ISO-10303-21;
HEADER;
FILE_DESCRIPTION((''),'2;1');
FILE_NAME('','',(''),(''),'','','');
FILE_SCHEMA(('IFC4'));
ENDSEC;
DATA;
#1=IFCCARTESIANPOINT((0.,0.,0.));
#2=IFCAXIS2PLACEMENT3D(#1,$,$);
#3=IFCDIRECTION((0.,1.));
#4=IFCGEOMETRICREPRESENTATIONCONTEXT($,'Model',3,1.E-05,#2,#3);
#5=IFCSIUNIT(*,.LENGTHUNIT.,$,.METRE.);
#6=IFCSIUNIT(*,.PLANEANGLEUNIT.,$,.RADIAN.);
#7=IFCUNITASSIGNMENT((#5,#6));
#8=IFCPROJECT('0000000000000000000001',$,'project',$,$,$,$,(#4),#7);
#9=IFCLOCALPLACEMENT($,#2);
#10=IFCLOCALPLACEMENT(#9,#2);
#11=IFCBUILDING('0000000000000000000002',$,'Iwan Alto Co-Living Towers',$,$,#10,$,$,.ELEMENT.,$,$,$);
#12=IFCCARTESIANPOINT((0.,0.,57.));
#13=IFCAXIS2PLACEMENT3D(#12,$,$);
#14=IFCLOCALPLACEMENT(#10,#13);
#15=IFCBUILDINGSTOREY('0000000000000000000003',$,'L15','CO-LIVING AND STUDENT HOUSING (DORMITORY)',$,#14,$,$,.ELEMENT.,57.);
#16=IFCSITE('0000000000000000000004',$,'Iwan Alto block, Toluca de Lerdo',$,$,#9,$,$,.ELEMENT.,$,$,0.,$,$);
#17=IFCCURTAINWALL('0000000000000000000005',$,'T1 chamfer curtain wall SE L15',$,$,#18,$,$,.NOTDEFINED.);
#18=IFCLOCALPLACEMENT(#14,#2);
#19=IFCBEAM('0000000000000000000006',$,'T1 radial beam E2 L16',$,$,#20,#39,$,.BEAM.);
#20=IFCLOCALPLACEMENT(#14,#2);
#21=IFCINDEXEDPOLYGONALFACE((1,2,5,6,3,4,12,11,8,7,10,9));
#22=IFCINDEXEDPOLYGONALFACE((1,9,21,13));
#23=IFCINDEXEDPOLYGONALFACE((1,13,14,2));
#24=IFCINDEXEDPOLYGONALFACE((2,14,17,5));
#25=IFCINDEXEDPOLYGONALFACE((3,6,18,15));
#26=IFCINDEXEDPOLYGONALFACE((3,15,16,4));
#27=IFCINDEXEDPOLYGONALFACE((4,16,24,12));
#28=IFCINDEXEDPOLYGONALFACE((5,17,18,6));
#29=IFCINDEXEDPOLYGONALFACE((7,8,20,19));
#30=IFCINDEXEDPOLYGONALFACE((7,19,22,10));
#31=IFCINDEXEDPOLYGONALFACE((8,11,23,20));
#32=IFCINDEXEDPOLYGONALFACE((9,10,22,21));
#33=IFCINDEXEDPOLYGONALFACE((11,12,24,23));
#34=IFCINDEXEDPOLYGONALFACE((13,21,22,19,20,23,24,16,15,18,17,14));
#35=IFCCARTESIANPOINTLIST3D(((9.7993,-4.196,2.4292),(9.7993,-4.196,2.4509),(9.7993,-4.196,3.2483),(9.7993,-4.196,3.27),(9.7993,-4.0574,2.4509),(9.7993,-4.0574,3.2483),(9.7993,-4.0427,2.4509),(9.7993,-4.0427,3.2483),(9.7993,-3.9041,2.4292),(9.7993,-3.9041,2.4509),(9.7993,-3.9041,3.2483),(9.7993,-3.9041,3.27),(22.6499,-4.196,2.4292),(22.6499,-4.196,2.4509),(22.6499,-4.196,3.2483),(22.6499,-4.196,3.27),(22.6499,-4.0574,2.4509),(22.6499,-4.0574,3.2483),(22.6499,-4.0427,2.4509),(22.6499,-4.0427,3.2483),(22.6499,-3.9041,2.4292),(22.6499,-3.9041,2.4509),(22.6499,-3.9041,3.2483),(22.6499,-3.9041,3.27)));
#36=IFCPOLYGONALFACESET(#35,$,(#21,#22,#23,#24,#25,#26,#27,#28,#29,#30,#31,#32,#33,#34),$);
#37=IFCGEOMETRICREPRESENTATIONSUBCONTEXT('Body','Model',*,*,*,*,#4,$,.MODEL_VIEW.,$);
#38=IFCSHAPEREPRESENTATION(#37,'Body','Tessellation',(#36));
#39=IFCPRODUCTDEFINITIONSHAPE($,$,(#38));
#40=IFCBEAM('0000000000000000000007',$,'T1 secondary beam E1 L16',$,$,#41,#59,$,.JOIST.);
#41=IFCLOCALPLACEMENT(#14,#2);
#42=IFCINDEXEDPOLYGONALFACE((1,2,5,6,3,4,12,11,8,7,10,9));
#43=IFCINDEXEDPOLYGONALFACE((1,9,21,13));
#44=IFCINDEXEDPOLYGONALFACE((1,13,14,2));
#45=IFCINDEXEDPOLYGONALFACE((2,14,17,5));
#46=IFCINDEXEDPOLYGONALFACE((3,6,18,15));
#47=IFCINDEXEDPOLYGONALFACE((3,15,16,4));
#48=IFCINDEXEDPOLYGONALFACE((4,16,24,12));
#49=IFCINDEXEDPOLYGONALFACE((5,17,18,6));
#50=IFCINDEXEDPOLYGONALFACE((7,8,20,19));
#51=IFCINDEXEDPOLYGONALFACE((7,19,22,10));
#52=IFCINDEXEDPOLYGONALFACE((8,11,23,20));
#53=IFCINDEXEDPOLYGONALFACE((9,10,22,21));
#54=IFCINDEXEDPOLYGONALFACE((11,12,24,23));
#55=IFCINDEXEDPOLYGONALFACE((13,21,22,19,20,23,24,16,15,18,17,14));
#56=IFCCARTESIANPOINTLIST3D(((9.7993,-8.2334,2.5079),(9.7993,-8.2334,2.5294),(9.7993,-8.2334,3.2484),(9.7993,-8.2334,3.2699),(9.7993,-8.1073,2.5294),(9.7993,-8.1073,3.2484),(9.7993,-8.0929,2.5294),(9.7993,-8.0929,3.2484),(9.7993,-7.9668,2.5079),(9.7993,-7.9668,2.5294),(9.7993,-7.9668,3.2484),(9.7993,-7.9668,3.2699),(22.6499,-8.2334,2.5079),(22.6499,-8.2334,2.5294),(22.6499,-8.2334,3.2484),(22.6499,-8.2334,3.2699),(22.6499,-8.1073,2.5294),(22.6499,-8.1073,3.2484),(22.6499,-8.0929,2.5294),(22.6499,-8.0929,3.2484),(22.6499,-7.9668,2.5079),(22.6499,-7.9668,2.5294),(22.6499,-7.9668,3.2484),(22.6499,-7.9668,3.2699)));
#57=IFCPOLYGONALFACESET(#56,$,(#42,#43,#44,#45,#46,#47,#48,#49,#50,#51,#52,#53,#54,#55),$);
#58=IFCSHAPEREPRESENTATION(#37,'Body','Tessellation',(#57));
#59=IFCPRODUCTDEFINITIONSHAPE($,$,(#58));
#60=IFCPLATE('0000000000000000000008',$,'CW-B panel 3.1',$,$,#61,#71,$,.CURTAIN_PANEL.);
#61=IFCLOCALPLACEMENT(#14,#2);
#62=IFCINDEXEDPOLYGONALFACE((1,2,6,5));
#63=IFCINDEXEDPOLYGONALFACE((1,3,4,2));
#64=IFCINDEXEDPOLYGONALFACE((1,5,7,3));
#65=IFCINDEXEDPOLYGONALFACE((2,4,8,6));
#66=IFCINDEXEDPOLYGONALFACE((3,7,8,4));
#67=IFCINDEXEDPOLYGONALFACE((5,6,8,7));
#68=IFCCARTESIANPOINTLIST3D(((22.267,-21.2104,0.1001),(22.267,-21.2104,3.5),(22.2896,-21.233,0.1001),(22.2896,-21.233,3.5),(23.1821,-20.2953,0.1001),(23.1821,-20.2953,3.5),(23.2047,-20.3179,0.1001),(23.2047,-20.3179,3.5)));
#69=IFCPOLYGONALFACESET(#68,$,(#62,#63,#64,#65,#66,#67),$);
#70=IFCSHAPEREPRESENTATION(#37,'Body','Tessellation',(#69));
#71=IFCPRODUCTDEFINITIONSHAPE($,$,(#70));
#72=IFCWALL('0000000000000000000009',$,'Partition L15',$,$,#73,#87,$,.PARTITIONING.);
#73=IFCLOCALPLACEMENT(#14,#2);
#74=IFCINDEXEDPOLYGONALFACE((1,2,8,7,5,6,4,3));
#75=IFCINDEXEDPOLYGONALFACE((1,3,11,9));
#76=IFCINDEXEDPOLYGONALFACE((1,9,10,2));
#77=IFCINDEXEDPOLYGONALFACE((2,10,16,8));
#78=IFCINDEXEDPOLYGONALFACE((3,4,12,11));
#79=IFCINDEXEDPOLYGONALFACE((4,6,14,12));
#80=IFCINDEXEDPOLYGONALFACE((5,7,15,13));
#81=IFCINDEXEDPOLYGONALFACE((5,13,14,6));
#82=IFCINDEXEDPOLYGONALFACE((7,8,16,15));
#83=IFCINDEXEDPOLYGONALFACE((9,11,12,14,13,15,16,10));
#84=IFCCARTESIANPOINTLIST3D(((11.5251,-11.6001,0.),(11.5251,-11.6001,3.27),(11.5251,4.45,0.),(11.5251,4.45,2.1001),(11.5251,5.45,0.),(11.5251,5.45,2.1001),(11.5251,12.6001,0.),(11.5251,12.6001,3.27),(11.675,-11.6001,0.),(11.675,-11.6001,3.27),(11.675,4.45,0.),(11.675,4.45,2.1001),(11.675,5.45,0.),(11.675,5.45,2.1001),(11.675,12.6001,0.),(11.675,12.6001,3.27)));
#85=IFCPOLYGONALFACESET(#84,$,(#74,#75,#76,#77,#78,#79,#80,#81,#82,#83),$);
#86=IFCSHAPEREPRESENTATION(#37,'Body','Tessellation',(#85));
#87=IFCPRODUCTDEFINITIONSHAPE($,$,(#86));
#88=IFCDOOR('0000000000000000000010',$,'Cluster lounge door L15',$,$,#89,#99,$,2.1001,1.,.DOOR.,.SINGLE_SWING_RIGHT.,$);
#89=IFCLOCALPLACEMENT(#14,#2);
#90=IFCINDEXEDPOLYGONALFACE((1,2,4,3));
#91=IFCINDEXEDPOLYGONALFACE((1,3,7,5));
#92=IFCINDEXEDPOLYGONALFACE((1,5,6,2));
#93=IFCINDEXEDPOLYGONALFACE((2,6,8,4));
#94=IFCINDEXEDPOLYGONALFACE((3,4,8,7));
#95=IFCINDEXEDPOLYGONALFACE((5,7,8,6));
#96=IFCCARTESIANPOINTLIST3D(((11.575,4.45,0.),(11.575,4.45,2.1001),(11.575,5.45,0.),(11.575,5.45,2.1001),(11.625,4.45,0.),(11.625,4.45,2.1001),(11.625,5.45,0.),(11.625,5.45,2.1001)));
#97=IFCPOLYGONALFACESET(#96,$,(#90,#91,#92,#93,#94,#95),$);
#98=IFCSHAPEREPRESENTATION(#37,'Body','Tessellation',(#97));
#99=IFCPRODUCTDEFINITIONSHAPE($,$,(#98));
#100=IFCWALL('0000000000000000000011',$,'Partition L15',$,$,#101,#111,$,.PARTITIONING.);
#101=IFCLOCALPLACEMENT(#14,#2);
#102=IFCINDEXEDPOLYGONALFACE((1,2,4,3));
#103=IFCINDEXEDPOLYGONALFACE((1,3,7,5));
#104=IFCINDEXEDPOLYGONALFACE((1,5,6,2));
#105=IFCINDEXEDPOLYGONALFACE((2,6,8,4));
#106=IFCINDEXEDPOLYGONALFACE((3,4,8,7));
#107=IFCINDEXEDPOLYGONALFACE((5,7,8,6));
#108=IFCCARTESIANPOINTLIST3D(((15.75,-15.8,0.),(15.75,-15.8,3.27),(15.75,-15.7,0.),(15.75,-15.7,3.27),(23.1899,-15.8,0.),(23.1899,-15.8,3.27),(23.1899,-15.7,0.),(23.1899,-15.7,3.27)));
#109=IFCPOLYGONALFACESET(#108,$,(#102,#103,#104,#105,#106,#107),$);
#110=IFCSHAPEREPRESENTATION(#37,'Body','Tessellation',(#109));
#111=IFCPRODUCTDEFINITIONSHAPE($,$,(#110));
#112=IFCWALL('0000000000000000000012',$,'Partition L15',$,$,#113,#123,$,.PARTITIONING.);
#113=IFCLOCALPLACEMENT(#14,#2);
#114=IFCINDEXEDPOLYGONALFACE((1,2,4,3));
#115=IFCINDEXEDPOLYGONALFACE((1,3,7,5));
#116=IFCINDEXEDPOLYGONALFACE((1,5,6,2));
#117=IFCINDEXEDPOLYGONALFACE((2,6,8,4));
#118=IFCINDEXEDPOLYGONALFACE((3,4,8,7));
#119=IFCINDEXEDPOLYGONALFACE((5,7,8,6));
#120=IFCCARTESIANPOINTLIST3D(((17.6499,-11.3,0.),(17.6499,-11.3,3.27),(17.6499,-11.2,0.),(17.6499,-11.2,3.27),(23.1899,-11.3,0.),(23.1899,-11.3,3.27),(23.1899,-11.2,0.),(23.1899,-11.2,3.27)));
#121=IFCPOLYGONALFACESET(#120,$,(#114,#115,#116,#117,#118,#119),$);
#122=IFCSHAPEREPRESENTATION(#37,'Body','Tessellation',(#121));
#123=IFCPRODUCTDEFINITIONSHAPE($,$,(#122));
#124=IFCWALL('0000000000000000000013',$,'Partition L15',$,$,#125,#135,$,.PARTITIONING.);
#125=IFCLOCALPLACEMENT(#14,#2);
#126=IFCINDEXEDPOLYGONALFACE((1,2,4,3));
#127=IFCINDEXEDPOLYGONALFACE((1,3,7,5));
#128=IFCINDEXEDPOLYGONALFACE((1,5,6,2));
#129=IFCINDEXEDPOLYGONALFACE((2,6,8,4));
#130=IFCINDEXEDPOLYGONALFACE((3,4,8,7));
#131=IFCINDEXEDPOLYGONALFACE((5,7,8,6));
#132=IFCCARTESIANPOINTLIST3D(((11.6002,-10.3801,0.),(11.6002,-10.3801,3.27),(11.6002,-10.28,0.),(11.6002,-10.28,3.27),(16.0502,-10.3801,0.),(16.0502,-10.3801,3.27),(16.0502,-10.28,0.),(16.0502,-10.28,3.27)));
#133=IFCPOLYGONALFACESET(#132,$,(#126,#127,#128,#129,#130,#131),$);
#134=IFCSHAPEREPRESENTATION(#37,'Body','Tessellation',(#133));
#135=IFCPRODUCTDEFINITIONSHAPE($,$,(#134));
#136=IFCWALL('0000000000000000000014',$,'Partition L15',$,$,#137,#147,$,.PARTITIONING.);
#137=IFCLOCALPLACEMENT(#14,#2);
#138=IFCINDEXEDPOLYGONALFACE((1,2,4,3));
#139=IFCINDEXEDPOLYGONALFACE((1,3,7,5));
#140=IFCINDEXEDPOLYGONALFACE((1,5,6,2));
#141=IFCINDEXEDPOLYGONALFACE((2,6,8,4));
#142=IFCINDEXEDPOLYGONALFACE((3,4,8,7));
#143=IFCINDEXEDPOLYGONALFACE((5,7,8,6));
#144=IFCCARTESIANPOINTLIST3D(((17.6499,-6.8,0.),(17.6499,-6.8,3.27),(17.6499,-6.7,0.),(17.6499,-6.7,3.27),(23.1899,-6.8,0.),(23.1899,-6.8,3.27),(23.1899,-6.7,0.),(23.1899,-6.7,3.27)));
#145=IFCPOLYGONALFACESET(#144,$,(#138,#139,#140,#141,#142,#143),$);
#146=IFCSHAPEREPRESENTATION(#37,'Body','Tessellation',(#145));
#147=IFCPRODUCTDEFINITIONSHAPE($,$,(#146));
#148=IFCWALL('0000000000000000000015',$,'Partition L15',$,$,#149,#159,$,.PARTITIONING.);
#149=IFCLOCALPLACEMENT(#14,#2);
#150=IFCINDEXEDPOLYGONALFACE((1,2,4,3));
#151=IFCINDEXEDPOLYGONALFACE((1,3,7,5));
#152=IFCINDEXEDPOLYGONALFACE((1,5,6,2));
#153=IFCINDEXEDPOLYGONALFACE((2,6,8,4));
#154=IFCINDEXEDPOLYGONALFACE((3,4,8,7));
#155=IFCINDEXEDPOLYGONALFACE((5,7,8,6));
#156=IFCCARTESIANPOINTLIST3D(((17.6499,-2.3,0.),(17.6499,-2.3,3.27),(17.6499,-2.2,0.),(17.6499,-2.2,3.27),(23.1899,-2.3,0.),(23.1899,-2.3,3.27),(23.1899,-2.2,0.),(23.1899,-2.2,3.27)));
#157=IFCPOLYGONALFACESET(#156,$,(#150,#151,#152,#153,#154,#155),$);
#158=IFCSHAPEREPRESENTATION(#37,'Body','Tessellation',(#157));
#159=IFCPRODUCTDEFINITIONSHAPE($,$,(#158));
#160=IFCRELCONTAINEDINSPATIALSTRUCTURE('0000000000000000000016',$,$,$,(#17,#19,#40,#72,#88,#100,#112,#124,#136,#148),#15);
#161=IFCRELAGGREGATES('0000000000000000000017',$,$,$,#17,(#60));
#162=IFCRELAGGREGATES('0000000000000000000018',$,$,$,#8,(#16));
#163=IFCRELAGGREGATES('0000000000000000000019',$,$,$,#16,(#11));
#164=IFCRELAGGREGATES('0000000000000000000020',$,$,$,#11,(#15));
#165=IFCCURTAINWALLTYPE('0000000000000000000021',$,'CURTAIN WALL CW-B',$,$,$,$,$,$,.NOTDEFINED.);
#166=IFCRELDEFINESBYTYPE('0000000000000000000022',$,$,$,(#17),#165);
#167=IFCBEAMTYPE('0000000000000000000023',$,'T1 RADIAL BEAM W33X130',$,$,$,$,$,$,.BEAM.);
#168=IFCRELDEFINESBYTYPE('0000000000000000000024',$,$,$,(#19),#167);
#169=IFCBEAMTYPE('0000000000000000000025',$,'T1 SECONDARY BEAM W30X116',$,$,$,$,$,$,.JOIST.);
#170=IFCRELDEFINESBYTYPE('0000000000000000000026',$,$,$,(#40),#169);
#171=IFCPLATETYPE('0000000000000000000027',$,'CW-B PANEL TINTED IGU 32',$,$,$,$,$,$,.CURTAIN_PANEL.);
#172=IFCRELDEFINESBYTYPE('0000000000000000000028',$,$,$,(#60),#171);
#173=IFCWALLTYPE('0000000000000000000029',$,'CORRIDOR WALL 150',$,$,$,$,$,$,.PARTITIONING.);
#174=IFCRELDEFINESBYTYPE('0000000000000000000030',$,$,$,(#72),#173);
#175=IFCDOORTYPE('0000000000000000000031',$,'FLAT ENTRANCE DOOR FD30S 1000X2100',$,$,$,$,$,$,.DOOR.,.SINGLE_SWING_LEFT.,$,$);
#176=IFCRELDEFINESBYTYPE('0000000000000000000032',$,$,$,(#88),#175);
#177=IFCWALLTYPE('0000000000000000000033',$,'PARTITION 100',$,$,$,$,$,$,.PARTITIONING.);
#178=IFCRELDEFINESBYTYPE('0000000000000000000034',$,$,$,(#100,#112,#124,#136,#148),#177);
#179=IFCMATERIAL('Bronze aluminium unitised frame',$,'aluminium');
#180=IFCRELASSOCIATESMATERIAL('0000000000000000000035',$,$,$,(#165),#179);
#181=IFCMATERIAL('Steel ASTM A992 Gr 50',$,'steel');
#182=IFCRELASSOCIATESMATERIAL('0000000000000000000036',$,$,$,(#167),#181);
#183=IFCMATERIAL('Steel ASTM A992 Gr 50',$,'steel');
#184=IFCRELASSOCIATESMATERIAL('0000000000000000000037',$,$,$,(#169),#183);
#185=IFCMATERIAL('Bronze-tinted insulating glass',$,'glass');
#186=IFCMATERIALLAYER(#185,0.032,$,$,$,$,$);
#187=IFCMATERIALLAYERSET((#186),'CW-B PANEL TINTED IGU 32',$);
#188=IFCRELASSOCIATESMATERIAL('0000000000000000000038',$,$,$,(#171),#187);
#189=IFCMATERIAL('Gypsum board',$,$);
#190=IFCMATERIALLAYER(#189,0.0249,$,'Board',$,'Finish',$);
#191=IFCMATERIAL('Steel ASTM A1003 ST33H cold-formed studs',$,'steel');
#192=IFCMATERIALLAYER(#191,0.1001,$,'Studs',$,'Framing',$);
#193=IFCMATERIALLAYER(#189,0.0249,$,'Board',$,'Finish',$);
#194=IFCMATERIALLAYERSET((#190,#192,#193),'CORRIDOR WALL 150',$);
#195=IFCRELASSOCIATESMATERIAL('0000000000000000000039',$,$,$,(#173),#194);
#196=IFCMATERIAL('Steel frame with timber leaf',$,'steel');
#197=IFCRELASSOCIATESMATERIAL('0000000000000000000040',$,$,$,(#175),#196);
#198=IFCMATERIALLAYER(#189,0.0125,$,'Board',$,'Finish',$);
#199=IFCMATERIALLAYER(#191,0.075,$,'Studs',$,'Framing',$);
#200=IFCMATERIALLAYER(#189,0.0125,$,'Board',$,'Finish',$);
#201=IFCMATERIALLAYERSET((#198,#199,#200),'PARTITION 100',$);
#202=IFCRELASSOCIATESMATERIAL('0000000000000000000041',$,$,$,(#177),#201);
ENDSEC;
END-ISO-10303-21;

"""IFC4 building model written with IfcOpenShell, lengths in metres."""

from ifc_helpers import new_model, si_unit, direction, frame, frame_2d, origin, origin_2d, place, context, subcontext, project, spatial, rectangle, i_section, extrude, material, layer, layer_set, material_profile, profile_set, type_object, element, fill, aggregate, save


model = new_model("IFC4")

# Units and contexts
model_context = context("Model", 3, precision=1e-05, world=origin(), true_north=direction((0.0, 1.0)))
body_context = subcontext(model_context, "Body", "Model", "MODEL_VIEW")
ifc_project = project(units=[si_unit("LENGTHUNIT", "METRE"), si_unit("PLANEANGLEUNIT", "RADIAN")], contexts=[model_context])

# Site, building, storey
site_placement = place(None, origin())
site = spatial("IfcSite", under=ifc_project, at=site_placement, Name="Iwan Alto block, Toluca de Lerdo", CompositionType="ELEMENT", RefElevation=0.0)
building_placement = place(site_placement, origin())
building = spatial("IfcBuilding", under=site, at=building_placement, Name="Iwan Alto Co-Living Towers", CompositionType="ELEMENT")
storey_placement = place(building_placement, frame((0.0, 0.0, 57.0)))
storey = spatial("IfcBuildingStorey", under=building, at=storey_placement, Name="L15", Description="CO-LIVING AND STUDENT HOUSING (DORMITORY)", CompositionType="ELEMENT", Elevation=57.0)

# Curtain wall
ifc_material_1 = material(Name="Bronze aluminium unitised frame", Category="aluminium")
curtain_wall_type = type_object("IfcCurtainWallType", Name="CURTAIN WALL CW-B", PredefinedType="NOTDEFINED", material=ifc_material_1)
curtain_wall_placement = place(storey_placement, origin())
curtain_wall = element("IfcCurtainWall", 1, at=curtain_wall_placement, inside=storey, type_object=curtain_wall_type, Name="T1 chamfer curtain wall SE L15", PredefinedType="NOTDEFINED")

# Beams
ifc_material_2 = material(Name="Steel ASTM A992 Gr 50", Category="steel")
ifc_material_profile_1 = material_profile(ifc_material_2, i_section(OverallWidth=0.292, OverallDepth=0.8408, WebThickness=0.0146, FlangeThickness=0.0217, at=origin_2d()), Name="W33X130")
ifc_profile_set_1 = profile_set([ifc_material_profile_1], Name="Steel ASTM A992 Gr 50")
beam_type_1 = type_object("IfcBeamType", Name="T1 RADIAL BEAM W33X130", PredefinedType="BEAM", material=ifc_profile_set_1)
beam_1_placement = place(storey_placement, frame((22.6499, -4.05, 2.8496), z_axis=(-1.0, 0.0, 0.0), x_axis=(0.0, -1.0, 0.0)))
element("IfcBeam", 2, at=beam_1_placement, inside=storey, type_object=beam_type_1, Name="T1 radial beam E2 L16", PredefinedType="BEAM", context=body_context, shape_type="SweptSolid", body=[
    extrude(i_section(OverallWidth=0.292, OverallDepth=0.8408, WebThickness=0.0146, FlangeThickness=0.0217, at=origin_2d()), origin(), (0.0, 0.0, 1.0), 12.8506),
])
ifc_material_3 = material(Name="Steel ASTM A992 Gr 50", Category="steel")
ifc_material_profile_2 = material_profile(ifc_material_3, i_section(OverallWidth=0.2666, OverallDepth=0.762, WebThickness=0.0144, FlangeThickness=0.0215, at=origin_2d()), Name="W30X116")
ifc_profile_set_2 = profile_set([ifc_material_profile_2], Name="Steel ASTM A992 Gr 50")
beam_type_2 = type_object("IfcBeamType", Name="T1 SECONDARY BEAM W30X116", PredefinedType="JOIST", material=ifc_profile_set_2)
beam_2_placement = place(storey_placement, frame((22.6499, -8.1001, 2.8889), z_axis=(-1.0, 0.0, 0.0), x_axis=(0.0, -1.0, 0.0)))
element("IfcBeam", 3, at=beam_2_placement, inside=storey, type_object=beam_type_2, Name="T1 secondary beam E1 L16", PredefinedType="JOIST", context=body_context, shape_type="SweptSolid", body=[
    extrude(i_section(OverallWidth=0.2666, OverallDepth=0.762, WebThickness=0.0144, FlangeThickness=0.0215, at=origin_2d()), origin(), (0.0, 0.0, 1.0), 12.8506),
])

# Plate
ifc_material_4 = material(Name="Bronze-tinted insulating glass", Category="glass")
ifc_layer_1 = layer(ifc_material_4, 0.032)
ifc_layer_set_1 = layer_set([ifc_layer_1], Name="CW-B PANEL TINTED IGU 32")
plate_type = type_object("IfcPlateType", Name="CW-B PANEL TINTED IGU 32", PredefinedType="CURTAIN_PANEL", material=ifc_layer_set_1)
plate_placement = place(storey_placement, frame((22.7358, -20.7642, 0.1001), z_axis=(0.0, 0.0, 1.0), x_axis=(0.707107, 0.707107, 0.0)))
plate = element("IfcPlate", 4, at=plate_placement, type_object=plate_type, Name="CW-B panel 3.1", PredefinedType="CURTAIN_PANEL", context=body_context, shape_type="SweptSolid", body=[
    extrude(rectangle(XDim=1.2942, YDim=0.032, at=origin_2d()), origin(), (0.0, 0.0, 1.0), 3.3999),
])
aggregate(curtain_wall, [plate])

# Wall, opening, door
ifc_material_5 = material(Name="Gypsum board")
ifc_layer_2 = layer(ifc_material_5, 0.0249, Name="Board", Category="Finish")
ifc_material_6 = material(Name="Steel ASTM A1003 ST33H cold-formed studs", Category="steel")
ifc_layer_3 = layer(ifc_material_6, 0.1001, Name="Studs", Category="Framing")
ifc_layer_4 = layer(ifc_material_5, 0.0249, Name="Board", Category="Finish")
ifc_layer_set_2 = layer_set([ifc_layer_2, ifc_layer_3, ifc_layer_4], Name="CORRIDOR WALL 150")
wall_type_1 = type_object("IfcWallType", Name="CORRIDOR WALL 150", PredefinedType="PARTITIONING", material=ifc_layer_set_2)
wall_1_placement = place(storey_placement, frame((11.6001, -11.6001, 0.0), z_axis=(0.0, 0.0, 1.0), x_axis=(0.0, 1.0, 0.0)))
wall_1 = element("IfcWall", 5, at=wall_1_placement, inside=storey, type_object=wall_type_1, Name="Partition L15", PredefinedType="PARTITIONING", context=body_context, shape_type="SweptSolid", body=[
    extrude(rectangle(XDim=24.2002, YDim=0.1499, at=frame_2d((12.1001, 0.0))), origin(), (0.0, 0.0, 1.0), 3.27),
])
opening_1_placement = place(wall_1_placement, frame((16.05, 0.0, 0.0)))
opening_1 = element("IfcOpeningElement", 6, at=opening_1_placement, cuts=wall_1, PredefinedType="OPENING", context=body_context, shape_type="SweptSolid", body=[
    extrude(rectangle(XDim=1.0, YDim=2.1001, at=frame_2d((0.5, 1.05))), frame((0.0, 0.085, 0.0), z_axis=(0.0, -1.0, 0.0), x_axis=(1.0, 0.0, 0.0)), (0.0, 0.0, 1.0), 0.1699),
])
ifc_material_7 = material(Name="Steel frame with timber leaf", Category="steel")
door_type_1 = type_object("IfcDoorType", Name="FLAT ENTRANCE DOOR FD30S 1000X2100", OperationType="SINGLE_SWING_LEFT", PredefinedType="DOOR", material=ifc_material_7)
door_1_placement = place(opening_1_placement, frame((1.0, 0.0, 0.0), z_axis=(0.0, 0.0, 1.0), x_axis=(-1.0, 0.0, 0.0)))
door_1 = element("IfcDoor", 7, at=door_1_placement, inside=storey, type_object=door_type_1, Name="Cluster lounge door L15", OperationType="SINGLE_SWING_RIGHT", OverallHeight=2.1001, OverallWidth=1.0, PredefinedType="DOOR", context=body_context, shape_type="SweptSolid", body=[
    extrude(rectangle(XDim=1.0, YDim=2.1001, at=frame_2d((0.5, 1.05))), frame((0.0, 0.0249, 0.0), z_axis=(0.0, -1.0, 0.0), x_axis=(1.0, 0.0, 0.0)), (0.0, 0.0, 1.0), 0.05),
])
fill(opening_1, door_1)

# Walls
ifc_layer_5 = layer(ifc_material_5, 0.0125, Name="Board", Category="Finish")
ifc_layer_6 = layer(ifc_material_6, 0.075, Name="Studs", Category="Framing")
ifc_layer_7 = layer(ifc_material_5, 0.0125, Name="Board", Category="Finish")
ifc_layer_set_3 = layer_set([ifc_layer_5, ifc_layer_6, ifc_layer_7], Name="PARTITION 100")
wall_type_2 = type_object("IfcWallType", Name="PARTITION 100", PredefinedType="PARTITIONING", material=ifc_layer_set_3)
wall_2_placement = place(storey_placement, frame((15.75, -15.75, 0.0), z_axis=(0.0, 0.0, 1.0), x_axis=(1.0, 0.0, 0.0)))
element("IfcWall", 8, at=wall_2_placement, inside=storey, type_object=wall_type_2, Name="Partition L15", PredefinedType="PARTITIONING", context=body_context, shape_type="SweptSolid", body=[
    extrude(rectangle(XDim=7.4399, YDim=0.1001, at=frame_2d((3.72, 0.0))), origin(), (0.0, 0.0, 1.0), 3.27),
])
wall_3_placement = place(storey_placement, frame((17.6499, -11.25, 0.0), z_axis=(0.0, 0.0, 1.0), x_axis=(1.0, 0.0, 0.0)))
element("IfcWall", 9, at=wall_3_placement, inside=storey, type_object=wall_type_2, Name="Partition L15", PredefinedType="PARTITIONING", context=body_context, shape_type="SweptSolid", body=[
    extrude(rectangle(XDim=5.54, YDim=0.1001, at=frame_2d((2.77, 0.0))), origin(), (0.0, 0.0, 1.0), 3.27),
])
wall_4_placement = place(storey_placement, frame((11.6001, -10.3301, 0.0), z_axis=(0.0, 0.0, 1.0), x_axis=(1.0, 0.0, 0.0)))
element("IfcWall", 10, at=wall_4_placement, inside=storey, type_object=wall_type_2, Name="Partition L15", PredefinedType="PARTITIONING", context=body_context, shape_type="SweptSolid", body=[
    extrude(rectangle(XDim=4.45, YDim=0.1001, at=frame_2d((2.2251, 0.0))), origin(), (0.0, 0.0, 1.0), 3.27),
])
for number, where, z_axis, x_axis, name in (
    (11, (17.6499, -6.75, 0.0), (0.0, 0.0, 1.0), (1.0, 0.0, 0.0), "Partition L15"),
    (12, (17.6499, -2.25, 0.0), (0.0, 0.0, 1.0), (1.0, 0.0, 0.0), "Partition L15"),
):
    element("IfcWall", number, at=place(storey_placement, frame(where, z_axis=z_axis, x_axis=x_axis)), inside=storey, type_object=wall_type_2, Name=name, PredefinedType="PARTITIONING", context=body_context, shape_type="SweptSolid", body=[
        extrude(rectangle(XDim=5.54, YDim=0.1001, at=frame_2d((2.77, 0.0))), origin(), (0.0, 0.0, 1.0), 3.27),
    ])

save(model, "model.ifc")
